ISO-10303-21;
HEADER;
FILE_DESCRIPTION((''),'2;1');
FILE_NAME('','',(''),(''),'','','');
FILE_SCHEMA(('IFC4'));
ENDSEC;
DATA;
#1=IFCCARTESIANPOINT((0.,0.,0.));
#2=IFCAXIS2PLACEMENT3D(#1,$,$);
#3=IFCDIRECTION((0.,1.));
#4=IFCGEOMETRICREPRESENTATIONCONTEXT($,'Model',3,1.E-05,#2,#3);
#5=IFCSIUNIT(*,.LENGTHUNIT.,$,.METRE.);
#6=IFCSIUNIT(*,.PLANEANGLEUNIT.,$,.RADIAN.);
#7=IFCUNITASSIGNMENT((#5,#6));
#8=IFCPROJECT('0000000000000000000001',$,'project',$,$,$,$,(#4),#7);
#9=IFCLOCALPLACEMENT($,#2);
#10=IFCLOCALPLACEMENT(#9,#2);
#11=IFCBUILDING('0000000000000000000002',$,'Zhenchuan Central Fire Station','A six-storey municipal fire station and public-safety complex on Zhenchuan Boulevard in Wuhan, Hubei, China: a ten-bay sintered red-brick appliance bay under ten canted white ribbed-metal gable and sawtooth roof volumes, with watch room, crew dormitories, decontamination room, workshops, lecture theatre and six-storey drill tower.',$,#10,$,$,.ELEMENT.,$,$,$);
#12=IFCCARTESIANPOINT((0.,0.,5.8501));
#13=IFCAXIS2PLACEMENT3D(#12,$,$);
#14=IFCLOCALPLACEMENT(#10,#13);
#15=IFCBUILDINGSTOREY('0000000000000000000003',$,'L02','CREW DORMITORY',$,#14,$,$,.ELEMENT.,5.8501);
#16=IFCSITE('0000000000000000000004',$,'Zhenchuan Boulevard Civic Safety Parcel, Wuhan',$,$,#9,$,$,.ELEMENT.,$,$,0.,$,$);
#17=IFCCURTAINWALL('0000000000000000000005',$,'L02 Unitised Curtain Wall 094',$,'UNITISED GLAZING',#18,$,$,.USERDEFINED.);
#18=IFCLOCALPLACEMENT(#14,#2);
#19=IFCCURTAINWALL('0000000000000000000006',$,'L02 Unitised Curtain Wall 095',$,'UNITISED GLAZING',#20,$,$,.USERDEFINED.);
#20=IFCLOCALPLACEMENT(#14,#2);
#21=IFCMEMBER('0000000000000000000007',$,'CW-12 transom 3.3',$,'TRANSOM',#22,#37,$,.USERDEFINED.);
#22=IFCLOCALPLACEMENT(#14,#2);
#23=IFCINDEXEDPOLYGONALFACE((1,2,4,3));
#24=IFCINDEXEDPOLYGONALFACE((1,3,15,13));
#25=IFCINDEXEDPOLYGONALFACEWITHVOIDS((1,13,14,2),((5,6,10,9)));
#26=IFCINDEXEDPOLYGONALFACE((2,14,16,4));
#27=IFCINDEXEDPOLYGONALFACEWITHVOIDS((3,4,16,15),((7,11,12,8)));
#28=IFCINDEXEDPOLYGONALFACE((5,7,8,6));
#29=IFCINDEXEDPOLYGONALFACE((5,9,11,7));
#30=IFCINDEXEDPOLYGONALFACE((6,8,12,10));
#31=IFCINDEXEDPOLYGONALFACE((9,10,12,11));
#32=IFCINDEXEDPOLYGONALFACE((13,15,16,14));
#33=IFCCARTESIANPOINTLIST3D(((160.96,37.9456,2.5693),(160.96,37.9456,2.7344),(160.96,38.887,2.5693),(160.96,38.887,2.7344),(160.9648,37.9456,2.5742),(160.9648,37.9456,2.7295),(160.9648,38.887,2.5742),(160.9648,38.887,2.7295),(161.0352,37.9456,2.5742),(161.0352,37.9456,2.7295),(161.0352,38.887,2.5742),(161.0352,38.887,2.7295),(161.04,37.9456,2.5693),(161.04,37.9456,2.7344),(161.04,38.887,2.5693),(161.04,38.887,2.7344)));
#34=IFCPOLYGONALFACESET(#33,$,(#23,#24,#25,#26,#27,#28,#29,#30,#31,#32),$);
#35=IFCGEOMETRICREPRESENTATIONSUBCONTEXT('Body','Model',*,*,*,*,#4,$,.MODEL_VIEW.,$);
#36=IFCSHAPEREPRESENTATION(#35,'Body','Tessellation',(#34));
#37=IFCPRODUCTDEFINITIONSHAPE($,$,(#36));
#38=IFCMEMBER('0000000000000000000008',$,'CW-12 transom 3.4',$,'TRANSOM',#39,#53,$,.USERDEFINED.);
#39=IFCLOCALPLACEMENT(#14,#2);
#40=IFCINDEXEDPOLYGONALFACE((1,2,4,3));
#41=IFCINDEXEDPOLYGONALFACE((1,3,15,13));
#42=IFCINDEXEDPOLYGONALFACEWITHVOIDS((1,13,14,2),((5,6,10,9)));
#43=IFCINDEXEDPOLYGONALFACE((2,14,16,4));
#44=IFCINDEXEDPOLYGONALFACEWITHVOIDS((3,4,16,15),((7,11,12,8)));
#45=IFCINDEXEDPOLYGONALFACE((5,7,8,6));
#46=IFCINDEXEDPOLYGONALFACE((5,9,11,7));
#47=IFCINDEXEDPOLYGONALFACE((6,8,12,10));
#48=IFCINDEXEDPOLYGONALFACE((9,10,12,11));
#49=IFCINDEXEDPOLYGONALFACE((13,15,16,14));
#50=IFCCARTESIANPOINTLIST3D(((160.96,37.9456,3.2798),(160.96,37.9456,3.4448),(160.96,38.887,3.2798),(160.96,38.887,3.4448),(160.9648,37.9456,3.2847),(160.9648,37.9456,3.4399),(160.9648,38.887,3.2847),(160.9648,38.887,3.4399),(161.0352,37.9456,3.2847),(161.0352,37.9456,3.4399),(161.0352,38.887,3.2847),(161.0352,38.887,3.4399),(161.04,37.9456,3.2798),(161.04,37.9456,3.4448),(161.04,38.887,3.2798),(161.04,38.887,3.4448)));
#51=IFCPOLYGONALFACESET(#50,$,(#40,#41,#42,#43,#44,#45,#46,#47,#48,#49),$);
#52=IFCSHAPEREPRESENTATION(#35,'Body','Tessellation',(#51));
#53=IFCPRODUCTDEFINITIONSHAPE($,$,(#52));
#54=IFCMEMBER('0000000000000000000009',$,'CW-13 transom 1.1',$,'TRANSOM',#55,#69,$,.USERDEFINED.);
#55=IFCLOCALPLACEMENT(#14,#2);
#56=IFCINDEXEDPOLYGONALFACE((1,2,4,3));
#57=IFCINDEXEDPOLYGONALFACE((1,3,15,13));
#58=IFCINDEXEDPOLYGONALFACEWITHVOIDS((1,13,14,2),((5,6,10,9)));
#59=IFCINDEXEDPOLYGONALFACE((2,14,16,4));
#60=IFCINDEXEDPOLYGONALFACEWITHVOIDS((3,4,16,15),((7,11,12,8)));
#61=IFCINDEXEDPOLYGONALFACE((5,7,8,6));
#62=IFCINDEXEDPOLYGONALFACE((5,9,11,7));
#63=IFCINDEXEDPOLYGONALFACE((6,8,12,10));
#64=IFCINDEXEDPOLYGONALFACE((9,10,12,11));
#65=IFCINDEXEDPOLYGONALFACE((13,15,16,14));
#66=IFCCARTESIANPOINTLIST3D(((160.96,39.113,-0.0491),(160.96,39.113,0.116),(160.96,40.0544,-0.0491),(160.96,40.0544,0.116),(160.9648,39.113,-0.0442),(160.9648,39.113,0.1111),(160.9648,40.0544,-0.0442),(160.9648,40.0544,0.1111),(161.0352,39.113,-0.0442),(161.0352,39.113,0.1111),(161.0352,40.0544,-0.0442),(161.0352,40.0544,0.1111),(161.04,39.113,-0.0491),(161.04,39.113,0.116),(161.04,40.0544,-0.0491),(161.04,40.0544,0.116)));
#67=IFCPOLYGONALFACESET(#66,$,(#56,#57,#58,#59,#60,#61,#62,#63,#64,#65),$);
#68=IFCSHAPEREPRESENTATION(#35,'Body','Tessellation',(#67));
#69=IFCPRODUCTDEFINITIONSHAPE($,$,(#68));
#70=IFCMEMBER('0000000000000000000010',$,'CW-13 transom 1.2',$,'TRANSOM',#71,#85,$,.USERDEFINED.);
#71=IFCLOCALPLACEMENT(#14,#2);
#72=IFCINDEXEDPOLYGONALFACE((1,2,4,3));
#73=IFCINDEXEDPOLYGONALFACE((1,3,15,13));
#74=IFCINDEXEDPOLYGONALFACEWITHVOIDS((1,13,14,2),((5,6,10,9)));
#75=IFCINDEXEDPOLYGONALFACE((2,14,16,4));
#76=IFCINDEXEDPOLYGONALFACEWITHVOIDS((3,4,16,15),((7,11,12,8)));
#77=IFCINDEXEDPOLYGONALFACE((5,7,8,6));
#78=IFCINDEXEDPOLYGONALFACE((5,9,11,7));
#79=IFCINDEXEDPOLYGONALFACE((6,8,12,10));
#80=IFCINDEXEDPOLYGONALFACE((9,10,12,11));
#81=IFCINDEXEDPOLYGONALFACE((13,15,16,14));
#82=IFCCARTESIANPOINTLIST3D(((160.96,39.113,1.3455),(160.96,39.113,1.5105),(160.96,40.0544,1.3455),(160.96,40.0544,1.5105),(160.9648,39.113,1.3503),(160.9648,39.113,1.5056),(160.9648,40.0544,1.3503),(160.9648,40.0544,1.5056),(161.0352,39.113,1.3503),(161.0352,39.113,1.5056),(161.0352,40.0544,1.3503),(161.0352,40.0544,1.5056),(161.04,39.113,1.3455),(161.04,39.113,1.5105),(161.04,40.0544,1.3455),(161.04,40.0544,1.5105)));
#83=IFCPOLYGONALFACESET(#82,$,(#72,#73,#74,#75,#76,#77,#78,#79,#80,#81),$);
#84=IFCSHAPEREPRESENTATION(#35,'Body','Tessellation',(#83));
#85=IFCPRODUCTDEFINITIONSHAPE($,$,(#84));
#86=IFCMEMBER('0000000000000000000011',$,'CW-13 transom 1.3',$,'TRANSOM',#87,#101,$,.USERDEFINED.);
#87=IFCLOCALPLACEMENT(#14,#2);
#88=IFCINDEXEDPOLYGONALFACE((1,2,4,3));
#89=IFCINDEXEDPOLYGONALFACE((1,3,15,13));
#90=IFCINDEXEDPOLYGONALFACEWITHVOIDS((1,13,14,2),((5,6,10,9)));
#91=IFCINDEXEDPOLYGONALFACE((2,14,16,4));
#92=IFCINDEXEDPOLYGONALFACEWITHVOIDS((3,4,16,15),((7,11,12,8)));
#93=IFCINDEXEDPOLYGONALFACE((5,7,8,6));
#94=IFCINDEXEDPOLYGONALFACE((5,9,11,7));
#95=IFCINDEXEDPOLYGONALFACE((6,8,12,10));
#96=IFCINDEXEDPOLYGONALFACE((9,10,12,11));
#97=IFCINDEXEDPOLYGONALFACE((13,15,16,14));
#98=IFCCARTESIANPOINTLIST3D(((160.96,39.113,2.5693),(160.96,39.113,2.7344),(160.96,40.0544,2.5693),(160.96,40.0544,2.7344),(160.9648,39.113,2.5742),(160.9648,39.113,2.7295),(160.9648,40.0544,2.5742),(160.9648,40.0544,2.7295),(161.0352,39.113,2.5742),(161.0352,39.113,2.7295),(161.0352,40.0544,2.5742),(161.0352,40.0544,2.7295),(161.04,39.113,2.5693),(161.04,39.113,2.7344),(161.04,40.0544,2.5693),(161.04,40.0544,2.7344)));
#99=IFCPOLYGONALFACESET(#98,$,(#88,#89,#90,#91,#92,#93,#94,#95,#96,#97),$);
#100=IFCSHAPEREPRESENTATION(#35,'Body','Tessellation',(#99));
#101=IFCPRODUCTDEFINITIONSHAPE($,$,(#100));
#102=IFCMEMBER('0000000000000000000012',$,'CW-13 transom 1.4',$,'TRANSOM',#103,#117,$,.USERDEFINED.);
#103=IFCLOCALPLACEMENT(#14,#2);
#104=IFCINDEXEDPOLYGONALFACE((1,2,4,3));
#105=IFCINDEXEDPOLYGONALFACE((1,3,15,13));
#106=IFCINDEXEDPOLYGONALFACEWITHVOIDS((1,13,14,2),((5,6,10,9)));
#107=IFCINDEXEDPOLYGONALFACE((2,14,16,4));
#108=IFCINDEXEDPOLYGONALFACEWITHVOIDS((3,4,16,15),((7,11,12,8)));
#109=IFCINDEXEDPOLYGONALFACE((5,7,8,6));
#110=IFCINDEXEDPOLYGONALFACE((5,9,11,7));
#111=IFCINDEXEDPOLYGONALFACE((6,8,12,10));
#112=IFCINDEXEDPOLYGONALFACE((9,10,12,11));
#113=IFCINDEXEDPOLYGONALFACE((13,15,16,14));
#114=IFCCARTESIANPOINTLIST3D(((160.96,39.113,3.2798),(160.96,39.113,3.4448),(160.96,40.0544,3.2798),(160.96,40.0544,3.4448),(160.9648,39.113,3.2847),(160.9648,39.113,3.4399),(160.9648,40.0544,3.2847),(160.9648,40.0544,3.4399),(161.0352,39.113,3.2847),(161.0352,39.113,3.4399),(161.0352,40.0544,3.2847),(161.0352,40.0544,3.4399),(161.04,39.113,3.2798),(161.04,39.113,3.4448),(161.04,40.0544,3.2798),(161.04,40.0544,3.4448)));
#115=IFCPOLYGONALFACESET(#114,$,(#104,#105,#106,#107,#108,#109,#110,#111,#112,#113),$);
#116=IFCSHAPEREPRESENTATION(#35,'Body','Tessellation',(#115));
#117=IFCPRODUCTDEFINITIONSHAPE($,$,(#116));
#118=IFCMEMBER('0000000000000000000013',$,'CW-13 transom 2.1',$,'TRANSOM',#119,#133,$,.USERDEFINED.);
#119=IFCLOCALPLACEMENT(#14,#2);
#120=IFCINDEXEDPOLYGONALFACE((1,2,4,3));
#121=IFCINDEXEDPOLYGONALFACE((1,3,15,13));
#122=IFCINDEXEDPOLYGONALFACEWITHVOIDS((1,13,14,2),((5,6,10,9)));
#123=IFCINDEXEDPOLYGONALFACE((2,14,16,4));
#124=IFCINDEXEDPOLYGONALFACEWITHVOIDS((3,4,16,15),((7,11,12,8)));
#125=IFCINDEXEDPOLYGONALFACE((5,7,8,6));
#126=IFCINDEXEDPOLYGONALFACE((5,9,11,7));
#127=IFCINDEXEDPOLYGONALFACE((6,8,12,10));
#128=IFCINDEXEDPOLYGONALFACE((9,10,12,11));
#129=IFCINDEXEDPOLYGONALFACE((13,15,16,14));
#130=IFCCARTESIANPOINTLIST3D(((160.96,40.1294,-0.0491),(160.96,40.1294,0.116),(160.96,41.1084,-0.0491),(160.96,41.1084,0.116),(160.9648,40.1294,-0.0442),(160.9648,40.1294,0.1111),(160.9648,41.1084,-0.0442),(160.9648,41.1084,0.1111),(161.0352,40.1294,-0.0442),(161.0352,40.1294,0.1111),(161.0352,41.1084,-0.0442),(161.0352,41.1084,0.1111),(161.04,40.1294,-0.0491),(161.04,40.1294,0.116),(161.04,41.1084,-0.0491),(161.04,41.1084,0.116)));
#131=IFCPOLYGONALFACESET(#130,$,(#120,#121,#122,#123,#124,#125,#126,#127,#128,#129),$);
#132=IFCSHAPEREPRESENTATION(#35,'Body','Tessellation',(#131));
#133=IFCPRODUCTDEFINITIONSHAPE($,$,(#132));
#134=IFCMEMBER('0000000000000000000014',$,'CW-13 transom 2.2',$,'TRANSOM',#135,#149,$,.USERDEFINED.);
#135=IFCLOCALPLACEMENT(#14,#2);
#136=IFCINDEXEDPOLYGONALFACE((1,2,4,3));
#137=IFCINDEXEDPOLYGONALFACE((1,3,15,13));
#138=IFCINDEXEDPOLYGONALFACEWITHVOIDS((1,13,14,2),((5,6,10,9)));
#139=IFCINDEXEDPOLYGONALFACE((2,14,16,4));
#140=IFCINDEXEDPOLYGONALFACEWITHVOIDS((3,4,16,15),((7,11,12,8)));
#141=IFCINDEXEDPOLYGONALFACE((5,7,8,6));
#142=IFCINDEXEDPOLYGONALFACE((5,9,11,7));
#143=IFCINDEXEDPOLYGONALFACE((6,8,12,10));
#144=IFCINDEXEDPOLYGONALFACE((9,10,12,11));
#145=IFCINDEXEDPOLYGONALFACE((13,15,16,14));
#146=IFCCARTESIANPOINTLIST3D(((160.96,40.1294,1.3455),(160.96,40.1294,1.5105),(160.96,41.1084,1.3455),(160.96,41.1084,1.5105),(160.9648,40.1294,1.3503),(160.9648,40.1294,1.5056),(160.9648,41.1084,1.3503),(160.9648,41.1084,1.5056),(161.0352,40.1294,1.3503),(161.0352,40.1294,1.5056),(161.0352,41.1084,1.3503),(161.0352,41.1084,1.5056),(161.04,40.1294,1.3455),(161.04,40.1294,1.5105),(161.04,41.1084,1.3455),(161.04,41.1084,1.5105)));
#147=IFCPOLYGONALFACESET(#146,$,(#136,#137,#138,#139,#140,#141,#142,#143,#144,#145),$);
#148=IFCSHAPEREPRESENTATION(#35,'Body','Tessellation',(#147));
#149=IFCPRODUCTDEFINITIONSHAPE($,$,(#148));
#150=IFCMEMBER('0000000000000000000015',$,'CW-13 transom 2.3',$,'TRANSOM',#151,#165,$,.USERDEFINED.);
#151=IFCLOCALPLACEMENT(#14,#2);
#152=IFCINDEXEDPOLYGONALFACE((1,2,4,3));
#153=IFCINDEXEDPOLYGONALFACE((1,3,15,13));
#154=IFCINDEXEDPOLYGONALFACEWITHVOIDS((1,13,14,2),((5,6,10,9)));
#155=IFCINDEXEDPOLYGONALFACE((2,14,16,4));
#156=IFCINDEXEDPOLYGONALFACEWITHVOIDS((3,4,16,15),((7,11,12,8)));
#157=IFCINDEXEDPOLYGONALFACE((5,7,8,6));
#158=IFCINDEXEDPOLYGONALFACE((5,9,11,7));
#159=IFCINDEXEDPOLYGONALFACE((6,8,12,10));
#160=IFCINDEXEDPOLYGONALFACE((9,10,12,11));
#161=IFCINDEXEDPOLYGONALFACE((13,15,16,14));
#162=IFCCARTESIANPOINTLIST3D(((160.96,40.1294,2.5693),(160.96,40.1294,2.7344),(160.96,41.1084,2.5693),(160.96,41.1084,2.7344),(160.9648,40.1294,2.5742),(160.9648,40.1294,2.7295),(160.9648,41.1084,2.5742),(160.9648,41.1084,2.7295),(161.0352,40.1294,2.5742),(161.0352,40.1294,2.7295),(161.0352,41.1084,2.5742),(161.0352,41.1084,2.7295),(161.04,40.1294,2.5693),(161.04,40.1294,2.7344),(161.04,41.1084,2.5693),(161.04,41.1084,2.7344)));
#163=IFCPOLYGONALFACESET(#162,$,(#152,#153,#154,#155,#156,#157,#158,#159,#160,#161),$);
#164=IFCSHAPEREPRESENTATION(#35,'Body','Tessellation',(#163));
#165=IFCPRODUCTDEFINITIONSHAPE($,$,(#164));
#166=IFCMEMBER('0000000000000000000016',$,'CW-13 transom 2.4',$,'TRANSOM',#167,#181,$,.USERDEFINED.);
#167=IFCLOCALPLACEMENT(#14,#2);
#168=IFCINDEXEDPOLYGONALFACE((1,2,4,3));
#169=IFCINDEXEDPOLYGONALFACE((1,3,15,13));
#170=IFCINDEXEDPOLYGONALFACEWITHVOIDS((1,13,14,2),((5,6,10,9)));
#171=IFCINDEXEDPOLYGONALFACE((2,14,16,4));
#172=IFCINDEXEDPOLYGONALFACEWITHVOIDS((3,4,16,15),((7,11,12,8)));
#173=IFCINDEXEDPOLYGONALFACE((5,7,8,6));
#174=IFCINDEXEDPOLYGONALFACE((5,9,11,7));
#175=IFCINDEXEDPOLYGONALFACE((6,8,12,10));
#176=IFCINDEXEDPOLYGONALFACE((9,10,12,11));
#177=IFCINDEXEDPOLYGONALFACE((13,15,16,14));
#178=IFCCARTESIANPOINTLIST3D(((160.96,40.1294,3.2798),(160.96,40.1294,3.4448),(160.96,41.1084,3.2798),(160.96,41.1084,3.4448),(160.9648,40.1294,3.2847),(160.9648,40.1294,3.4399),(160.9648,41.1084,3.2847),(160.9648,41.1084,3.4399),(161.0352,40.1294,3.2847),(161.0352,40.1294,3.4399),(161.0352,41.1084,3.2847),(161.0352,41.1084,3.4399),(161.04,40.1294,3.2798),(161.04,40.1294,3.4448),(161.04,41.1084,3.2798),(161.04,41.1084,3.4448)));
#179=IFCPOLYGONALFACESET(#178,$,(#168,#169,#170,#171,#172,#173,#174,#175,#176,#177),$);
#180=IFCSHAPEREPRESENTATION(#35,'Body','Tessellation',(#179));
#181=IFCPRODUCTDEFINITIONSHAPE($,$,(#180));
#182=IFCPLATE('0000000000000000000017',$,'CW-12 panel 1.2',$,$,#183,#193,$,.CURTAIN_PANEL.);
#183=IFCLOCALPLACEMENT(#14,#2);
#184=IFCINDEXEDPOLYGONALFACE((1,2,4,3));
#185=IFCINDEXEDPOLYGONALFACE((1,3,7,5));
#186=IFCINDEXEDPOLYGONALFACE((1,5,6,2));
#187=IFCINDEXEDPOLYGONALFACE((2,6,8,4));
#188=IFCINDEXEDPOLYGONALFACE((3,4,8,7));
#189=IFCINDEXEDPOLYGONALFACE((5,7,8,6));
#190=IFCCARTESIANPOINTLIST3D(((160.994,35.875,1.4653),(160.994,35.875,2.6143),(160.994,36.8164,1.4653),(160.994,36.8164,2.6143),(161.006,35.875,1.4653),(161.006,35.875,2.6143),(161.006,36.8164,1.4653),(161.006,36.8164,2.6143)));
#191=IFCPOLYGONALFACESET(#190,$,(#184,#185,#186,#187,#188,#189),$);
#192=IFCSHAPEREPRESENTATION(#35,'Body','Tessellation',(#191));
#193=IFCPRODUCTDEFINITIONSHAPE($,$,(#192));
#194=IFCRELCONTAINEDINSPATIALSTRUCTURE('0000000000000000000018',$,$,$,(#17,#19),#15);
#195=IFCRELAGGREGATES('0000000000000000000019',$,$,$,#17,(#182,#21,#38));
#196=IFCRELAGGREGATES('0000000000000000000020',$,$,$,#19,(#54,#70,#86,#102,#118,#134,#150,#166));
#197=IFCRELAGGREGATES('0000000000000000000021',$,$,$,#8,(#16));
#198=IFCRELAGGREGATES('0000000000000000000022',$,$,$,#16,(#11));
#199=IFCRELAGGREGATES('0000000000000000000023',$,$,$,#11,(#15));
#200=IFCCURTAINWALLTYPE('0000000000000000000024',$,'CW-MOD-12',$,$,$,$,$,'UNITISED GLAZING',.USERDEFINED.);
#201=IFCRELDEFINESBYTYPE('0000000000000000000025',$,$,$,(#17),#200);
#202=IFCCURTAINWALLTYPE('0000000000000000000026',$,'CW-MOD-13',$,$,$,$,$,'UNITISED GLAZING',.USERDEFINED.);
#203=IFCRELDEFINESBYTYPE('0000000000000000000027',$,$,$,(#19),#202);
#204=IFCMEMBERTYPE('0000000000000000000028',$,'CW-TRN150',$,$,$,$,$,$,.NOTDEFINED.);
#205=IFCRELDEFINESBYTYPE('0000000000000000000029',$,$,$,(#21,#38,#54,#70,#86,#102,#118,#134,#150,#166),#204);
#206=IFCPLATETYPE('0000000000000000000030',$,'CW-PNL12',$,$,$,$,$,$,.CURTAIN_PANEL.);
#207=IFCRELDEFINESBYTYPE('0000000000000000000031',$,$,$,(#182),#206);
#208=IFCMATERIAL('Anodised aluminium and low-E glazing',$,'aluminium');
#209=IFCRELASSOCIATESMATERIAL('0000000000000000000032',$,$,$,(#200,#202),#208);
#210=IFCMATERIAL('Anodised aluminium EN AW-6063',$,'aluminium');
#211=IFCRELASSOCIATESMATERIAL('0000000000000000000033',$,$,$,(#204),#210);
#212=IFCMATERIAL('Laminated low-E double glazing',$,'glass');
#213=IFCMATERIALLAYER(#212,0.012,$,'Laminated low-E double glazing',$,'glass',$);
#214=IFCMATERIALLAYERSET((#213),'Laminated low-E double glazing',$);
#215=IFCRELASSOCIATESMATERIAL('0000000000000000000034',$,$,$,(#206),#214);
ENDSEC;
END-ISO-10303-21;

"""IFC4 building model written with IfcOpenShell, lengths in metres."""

from ifc_helpers import new_model, si_unit, direction, frame, origin, origin_2d, place, context, subcontext, project, spatial, rectangle, hollow_rectangle, extrude, material, layer, layer_set, material_profile, profile_set, type_object, element, aggregate, save


model = new_model("IFC4")

# Units and contexts
model_context = context("Model", 3, precision=1e-05, world=origin(), true_north=direction((0.0, 1.0)))
body_context = subcontext(model_context, "Body", "Model", "MODEL_VIEW")
ifc_project = project(units=[si_unit("LENGTHUNIT", "METRE"), si_unit("PLANEANGLEUNIT", "RADIAN")], contexts=[model_context])

# Site, building, storey
site_placement = place(None, origin())
site = spatial("IfcSite", under=ifc_project, at=site_placement, Name="Zhenchuan Boulevard Civic Safety Parcel, Wuhan", CompositionType="ELEMENT", RefElevation=0.0)
building_placement = place(site_placement, origin())
building = spatial("IfcBuilding", under=site, at=building_placement, Name="Zhenchuan Central Fire Station", Description="A six-storey municipal fire station and public-safety complex on Zhenchuan Boulevard in Wuhan, Hubei, China: a ten-bay sintered red-brick appliance bay under ten canted white ribbed-metal gable and sawtooth roof volumes, with watch room, crew dormitories, decontamination room, workshops, lecture theatre and six-storey drill tower.", CompositionType="ELEMENT")
storey_placement = place(building_placement, frame((0.0, 0.0, 5.8501)))
storey = spatial("IfcBuildingStorey", under=building, at=storey_placement, Name="L02", Description="CREW DORMITORY", CompositionType="ELEMENT", Elevation=5.8501)

# Curtain walls
ifc_material_1 = material(Name="Anodised aluminium and low-E glazing", Category="aluminium")
curtain_wall_type_1 = type_object("IfcCurtainWallType", Name="CW-MOD-12", ElementType="UNITISED GLAZING", PredefinedType="USERDEFINED", material=ifc_material_1)
curtain_wall_1_placement = place(storey_placement, origin())
curtain_wall_1 = element("IfcCurtainWall", 1, at=curtain_wall_1_placement, inside=storey, type_object=curtain_wall_type_1, Name="L02 Unitised Curtain Wall 094", ObjectType="UNITISED GLAZING", PredefinedType="USERDEFINED")
ifc_material_2 = material(Name="Anodised aluminium EN AW-6063", Category="aluminium")
curtain_wall_type_2 = type_object("IfcCurtainWallType", Name="CW-MOD-13", ElementType="UNITISED GLAZING", PredefinedType="USERDEFINED", material=ifc_material_1)
curtain_wall_2_placement = place(storey_placement, origin())
curtain_wall_2 = element("IfcCurtainWall", 2, at=curtain_wall_2_placement, inside=storey, type_object=curtain_wall_type_2, Name="L02 Unitised Curtain Wall 095", ObjectType="UNITISED GLAZING", PredefinedType="USERDEFINED")

# Members
ifc_material_profile_1 = material_profile(ifc_material_2, hollow_rectangle(XDim=0.0801, YDim=0.165, WallThickness=0.0049, at=origin_2d()), Name="ALU-T 165x80")
ifc_profile_set_1 = profile_set([ifc_material_profile_1], Name="Anodised aluminium EN AW-6063")
member_type_1 = type_object("IfcMemberType", Name="CW-TRN150", PredefinedType="NOTDEFINED", material=ifc_profile_set_1)
member_1_placement = place(storey_placement, frame((161.0, 37.9456, 2.6519), z_axis=(0.0, 1.0, 0.0), x_axis=(-1.0, 0.0, 0.0)))
member_1 = element("IfcMember", 3, at=member_1_placement, type_object=member_type_1, Name="CW-12 transom 3.3", ObjectType="TRANSOM", PredefinedType="USERDEFINED", context=body_context, shape_type="SweptSolid", body=[
    extrude(hollow_rectangle(XDim=0.0801, YDim=0.165, WallThickness=0.0049, at=origin_2d()), origin(), (0.0, 0.0, 1.0), 0.9414),
])
member_2_placement = place(storey_placement, frame((161.0, 37.9456, 3.3623), z_axis=(0.0, 1.0, 0.0), x_axis=(-1.0, 0.0, 0.0)))
member_2 = element("IfcMember", 4, at=member_2_placement, type_object=member_type_1, Name="CW-12 transom 3.4", ObjectType="TRANSOM", PredefinedType="USERDEFINED", context=body_context, shape_type="SweptSolid", body=[
    extrude(hollow_rectangle(XDim=0.0801, YDim=0.165, WallThickness=0.0049, at=origin_2d()), origin(), (0.0, 0.0, 1.0), 0.9414),
])
member_3_placement = place(storey_placement, frame((161.0, 39.113, 0.0334), z_axis=(0.0, 1.0, 0.0), x_axis=(-1.0, 0.0, 0.0)))
member_3 = element("IfcMember", 5, at=member_3_placement, type_object=member_type_1, Name="CW-13 transom 1.1", ObjectType="TRANSOM", PredefinedType="USERDEFINED", context=body_context, shape_type="SweptSolid", body=[
    extrude(hollow_rectangle(XDim=0.0801, YDim=0.165, WallThickness=0.0049, at=origin_2d()), origin(), (0.0, 0.0, 1.0), 0.9414),
])
member_4_placement = place(storey_placement, frame((161.0, 39.113, 1.428), z_axis=(0.0, 1.0, 0.0), x_axis=(-1.0, 0.0, 0.0)))
member_4 = element("IfcMember", 6, at=member_4_placement, type_object=member_type_1, Name="CW-13 transom 1.2", ObjectType="TRANSOM", PredefinedType="USERDEFINED", context=body_context, shape_type="SweptSolid", body=[
    extrude(hollow_rectangle(XDim=0.0801, YDim=0.165, WallThickness=0.0049, at=origin_2d()), origin(), (0.0, 0.0, 1.0), 0.9414),
])
member_5_placement = place(storey_placement, frame((161.0, 39.113, 2.6519), z_axis=(0.0, 1.0, 0.0), x_axis=(-1.0, 0.0, 0.0)))
member_5 = element("IfcMember", 7, at=member_5_placement, type_object=member_type_1, Name="CW-13 transom 1.3", ObjectType="TRANSOM", PredefinedType="USERDEFINED", context=body_context, shape_type="SweptSolid", body=[
    extrude(hollow_rectangle(XDim=0.0801, YDim=0.165, WallThickness=0.0049, at=origin_2d()), origin(), (0.0, 0.0, 1.0), 0.9414),
])
member_6_placement = place(storey_placement, frame((161.0, 39.113, 3.3623), z_axis=(0.0, 1.0, 0.0), x_axis=(-1.0, 0.0, 0.0)))
member_6 = element("IfcMember", 8, at=member_6_placement, type_object=member_type_1, Name="CW-13 transom 1.4", ObjectType="TRANSOM", PredefinedType="USERDEFINED", context=body_context, shape_type="SweptSolid", body=[
    extrude(hollow_rectangle(XDim=0.0801, YDim=0.165, WallThickness=0.0049, at=origin_2d()), origin(), (0.0, 0.0, 1.0), 0.9414),
])
member_7_placement = place(storey_placement, frame((161.0, 40.1294, 0.0334), z_axis=(0.0, 1.0, 0.0), x_axis=(-1.0, 0.0, 0.0)))
member_7 = element("IfcMember", 9, at=member_7_placement, type_object=member_type_1, Name="CW-13 transom 2.1", ObjectType="TRANSOM", PredefinedType="USERDEFINED", context=body_context, shape_type="SweptSolid", body=[
    extrude(hollow_rectangle(XDim=0.0801, YDim=0.165, WallThickness=0.0049, at=origin_2d()), origin(), (0.0, 0.0, 1.0), 0.979),
])
member_8_placement = place(storey_placement, frame((161.0, 40.1294, 1.428), z_axis=(0.0, 1.0, 0.0), x_axis=(-1.0, 0.0, 0.0)))
member_8 = element("IfcMember", 10, at=member_8_placement, type_object=member_type_1, Name="CW-13 transom 2.2", ObjectType="TRANSOM", PredefinedType="USERDEFINED", context=body_context, shape_type="SweptSolid", body=[
    extrude(hollow_rectangle(XDim=0.0801, YDim=0.165, WallThickness=0.0049, at=origin_2d()), origin(), (0.0, 0.0, 1.0), 0.979),
])
member_9_placement = place(storey_placement, frame((161.0, 40.1294, 2.6519), z_axis=(0.0, 1.0, 0.0), x_axis=(-1.0, 0.0, 0.0)))
member_9 = element("IfcMember", 11, at=member_9_placement, type_object=member_type_1, Name="CW-13 transom 2.3", ObjectType="TRANSOM", PredefinedType="USERDEFINED", context=body_context, shape_type="SweptSolid", body=[
    extrude(hollow_rectangle(XDim=0.0801, YDim=0.165, WallThickness=0.0049, at=origin_2d()), origin(), (0.0, 0.0, 1.0), 0.979),
])
member_10_placement = place(storey_placement, frame((161.0, 40.1294, 3.3623), z_axis=(0.0, 1.0, 0.0), x_axis=(-1.0, 0.0, 0.0)))
member_10 = element("IfcMember", 12, at=member_10_placement, type_object=member_type_1, Name="CW-13 transom 2.4", ObjectType="TRANSOM", PredefinedType="USERDEFINED", context=body_context, shape_type="SweptSolid", body=[
    extrude(hollow_rectangle(XDim=0.0801, YDim=0.165, WallThickness=0.0049, at=origin_2d()), origin(), (0.0, 0.0, 1.0), 0.979),
])

# Plate
ifc_material_3 = material(Name="Laminated low-E double glazing", Category="glass")
ifc_layer = layer(ifc_material_3, 0.012, Name="Laminated low-E double glazing", Category="glass")
ifc_layer_set = layer_set([ifc_layer], Name="Laminated low-E double glazing")
plate_type = type_object("IfcPlateType", Name="CW-PNL12", PredefinedType="CURTAIN_PANEL", material=ifc_layer_set)
plate_1_placement = place(storey_placement, frame((161.0, 36.3457, 1.4653), z_axis=(0.0, 0.0, 1.0), x_axis=(0.0, 1.0, 0.0)))
plate_1 = element("IfcPlate", 13, at=plate_1_placement, type_object=plate_type, Name="CW-12 panel 1.2", PredefinedType="CURTAIN_PANEL", context=body_context, shape_type="SweptSolid", body=[
    extrude(rectangle(XDim=0.9414, YDim=0.012, at=origin_2d()), origin(), (0.0, 0.0, 1.0), 1.1489),
])
aggregate(curtain_wall_1, [plate_1, member_1, member_2])
aggregate(curtain_wall_2, [member_3, member_4, member_5, member_6, member_7, member_8, member_9, member_10])

save(model, "model.ifc")
